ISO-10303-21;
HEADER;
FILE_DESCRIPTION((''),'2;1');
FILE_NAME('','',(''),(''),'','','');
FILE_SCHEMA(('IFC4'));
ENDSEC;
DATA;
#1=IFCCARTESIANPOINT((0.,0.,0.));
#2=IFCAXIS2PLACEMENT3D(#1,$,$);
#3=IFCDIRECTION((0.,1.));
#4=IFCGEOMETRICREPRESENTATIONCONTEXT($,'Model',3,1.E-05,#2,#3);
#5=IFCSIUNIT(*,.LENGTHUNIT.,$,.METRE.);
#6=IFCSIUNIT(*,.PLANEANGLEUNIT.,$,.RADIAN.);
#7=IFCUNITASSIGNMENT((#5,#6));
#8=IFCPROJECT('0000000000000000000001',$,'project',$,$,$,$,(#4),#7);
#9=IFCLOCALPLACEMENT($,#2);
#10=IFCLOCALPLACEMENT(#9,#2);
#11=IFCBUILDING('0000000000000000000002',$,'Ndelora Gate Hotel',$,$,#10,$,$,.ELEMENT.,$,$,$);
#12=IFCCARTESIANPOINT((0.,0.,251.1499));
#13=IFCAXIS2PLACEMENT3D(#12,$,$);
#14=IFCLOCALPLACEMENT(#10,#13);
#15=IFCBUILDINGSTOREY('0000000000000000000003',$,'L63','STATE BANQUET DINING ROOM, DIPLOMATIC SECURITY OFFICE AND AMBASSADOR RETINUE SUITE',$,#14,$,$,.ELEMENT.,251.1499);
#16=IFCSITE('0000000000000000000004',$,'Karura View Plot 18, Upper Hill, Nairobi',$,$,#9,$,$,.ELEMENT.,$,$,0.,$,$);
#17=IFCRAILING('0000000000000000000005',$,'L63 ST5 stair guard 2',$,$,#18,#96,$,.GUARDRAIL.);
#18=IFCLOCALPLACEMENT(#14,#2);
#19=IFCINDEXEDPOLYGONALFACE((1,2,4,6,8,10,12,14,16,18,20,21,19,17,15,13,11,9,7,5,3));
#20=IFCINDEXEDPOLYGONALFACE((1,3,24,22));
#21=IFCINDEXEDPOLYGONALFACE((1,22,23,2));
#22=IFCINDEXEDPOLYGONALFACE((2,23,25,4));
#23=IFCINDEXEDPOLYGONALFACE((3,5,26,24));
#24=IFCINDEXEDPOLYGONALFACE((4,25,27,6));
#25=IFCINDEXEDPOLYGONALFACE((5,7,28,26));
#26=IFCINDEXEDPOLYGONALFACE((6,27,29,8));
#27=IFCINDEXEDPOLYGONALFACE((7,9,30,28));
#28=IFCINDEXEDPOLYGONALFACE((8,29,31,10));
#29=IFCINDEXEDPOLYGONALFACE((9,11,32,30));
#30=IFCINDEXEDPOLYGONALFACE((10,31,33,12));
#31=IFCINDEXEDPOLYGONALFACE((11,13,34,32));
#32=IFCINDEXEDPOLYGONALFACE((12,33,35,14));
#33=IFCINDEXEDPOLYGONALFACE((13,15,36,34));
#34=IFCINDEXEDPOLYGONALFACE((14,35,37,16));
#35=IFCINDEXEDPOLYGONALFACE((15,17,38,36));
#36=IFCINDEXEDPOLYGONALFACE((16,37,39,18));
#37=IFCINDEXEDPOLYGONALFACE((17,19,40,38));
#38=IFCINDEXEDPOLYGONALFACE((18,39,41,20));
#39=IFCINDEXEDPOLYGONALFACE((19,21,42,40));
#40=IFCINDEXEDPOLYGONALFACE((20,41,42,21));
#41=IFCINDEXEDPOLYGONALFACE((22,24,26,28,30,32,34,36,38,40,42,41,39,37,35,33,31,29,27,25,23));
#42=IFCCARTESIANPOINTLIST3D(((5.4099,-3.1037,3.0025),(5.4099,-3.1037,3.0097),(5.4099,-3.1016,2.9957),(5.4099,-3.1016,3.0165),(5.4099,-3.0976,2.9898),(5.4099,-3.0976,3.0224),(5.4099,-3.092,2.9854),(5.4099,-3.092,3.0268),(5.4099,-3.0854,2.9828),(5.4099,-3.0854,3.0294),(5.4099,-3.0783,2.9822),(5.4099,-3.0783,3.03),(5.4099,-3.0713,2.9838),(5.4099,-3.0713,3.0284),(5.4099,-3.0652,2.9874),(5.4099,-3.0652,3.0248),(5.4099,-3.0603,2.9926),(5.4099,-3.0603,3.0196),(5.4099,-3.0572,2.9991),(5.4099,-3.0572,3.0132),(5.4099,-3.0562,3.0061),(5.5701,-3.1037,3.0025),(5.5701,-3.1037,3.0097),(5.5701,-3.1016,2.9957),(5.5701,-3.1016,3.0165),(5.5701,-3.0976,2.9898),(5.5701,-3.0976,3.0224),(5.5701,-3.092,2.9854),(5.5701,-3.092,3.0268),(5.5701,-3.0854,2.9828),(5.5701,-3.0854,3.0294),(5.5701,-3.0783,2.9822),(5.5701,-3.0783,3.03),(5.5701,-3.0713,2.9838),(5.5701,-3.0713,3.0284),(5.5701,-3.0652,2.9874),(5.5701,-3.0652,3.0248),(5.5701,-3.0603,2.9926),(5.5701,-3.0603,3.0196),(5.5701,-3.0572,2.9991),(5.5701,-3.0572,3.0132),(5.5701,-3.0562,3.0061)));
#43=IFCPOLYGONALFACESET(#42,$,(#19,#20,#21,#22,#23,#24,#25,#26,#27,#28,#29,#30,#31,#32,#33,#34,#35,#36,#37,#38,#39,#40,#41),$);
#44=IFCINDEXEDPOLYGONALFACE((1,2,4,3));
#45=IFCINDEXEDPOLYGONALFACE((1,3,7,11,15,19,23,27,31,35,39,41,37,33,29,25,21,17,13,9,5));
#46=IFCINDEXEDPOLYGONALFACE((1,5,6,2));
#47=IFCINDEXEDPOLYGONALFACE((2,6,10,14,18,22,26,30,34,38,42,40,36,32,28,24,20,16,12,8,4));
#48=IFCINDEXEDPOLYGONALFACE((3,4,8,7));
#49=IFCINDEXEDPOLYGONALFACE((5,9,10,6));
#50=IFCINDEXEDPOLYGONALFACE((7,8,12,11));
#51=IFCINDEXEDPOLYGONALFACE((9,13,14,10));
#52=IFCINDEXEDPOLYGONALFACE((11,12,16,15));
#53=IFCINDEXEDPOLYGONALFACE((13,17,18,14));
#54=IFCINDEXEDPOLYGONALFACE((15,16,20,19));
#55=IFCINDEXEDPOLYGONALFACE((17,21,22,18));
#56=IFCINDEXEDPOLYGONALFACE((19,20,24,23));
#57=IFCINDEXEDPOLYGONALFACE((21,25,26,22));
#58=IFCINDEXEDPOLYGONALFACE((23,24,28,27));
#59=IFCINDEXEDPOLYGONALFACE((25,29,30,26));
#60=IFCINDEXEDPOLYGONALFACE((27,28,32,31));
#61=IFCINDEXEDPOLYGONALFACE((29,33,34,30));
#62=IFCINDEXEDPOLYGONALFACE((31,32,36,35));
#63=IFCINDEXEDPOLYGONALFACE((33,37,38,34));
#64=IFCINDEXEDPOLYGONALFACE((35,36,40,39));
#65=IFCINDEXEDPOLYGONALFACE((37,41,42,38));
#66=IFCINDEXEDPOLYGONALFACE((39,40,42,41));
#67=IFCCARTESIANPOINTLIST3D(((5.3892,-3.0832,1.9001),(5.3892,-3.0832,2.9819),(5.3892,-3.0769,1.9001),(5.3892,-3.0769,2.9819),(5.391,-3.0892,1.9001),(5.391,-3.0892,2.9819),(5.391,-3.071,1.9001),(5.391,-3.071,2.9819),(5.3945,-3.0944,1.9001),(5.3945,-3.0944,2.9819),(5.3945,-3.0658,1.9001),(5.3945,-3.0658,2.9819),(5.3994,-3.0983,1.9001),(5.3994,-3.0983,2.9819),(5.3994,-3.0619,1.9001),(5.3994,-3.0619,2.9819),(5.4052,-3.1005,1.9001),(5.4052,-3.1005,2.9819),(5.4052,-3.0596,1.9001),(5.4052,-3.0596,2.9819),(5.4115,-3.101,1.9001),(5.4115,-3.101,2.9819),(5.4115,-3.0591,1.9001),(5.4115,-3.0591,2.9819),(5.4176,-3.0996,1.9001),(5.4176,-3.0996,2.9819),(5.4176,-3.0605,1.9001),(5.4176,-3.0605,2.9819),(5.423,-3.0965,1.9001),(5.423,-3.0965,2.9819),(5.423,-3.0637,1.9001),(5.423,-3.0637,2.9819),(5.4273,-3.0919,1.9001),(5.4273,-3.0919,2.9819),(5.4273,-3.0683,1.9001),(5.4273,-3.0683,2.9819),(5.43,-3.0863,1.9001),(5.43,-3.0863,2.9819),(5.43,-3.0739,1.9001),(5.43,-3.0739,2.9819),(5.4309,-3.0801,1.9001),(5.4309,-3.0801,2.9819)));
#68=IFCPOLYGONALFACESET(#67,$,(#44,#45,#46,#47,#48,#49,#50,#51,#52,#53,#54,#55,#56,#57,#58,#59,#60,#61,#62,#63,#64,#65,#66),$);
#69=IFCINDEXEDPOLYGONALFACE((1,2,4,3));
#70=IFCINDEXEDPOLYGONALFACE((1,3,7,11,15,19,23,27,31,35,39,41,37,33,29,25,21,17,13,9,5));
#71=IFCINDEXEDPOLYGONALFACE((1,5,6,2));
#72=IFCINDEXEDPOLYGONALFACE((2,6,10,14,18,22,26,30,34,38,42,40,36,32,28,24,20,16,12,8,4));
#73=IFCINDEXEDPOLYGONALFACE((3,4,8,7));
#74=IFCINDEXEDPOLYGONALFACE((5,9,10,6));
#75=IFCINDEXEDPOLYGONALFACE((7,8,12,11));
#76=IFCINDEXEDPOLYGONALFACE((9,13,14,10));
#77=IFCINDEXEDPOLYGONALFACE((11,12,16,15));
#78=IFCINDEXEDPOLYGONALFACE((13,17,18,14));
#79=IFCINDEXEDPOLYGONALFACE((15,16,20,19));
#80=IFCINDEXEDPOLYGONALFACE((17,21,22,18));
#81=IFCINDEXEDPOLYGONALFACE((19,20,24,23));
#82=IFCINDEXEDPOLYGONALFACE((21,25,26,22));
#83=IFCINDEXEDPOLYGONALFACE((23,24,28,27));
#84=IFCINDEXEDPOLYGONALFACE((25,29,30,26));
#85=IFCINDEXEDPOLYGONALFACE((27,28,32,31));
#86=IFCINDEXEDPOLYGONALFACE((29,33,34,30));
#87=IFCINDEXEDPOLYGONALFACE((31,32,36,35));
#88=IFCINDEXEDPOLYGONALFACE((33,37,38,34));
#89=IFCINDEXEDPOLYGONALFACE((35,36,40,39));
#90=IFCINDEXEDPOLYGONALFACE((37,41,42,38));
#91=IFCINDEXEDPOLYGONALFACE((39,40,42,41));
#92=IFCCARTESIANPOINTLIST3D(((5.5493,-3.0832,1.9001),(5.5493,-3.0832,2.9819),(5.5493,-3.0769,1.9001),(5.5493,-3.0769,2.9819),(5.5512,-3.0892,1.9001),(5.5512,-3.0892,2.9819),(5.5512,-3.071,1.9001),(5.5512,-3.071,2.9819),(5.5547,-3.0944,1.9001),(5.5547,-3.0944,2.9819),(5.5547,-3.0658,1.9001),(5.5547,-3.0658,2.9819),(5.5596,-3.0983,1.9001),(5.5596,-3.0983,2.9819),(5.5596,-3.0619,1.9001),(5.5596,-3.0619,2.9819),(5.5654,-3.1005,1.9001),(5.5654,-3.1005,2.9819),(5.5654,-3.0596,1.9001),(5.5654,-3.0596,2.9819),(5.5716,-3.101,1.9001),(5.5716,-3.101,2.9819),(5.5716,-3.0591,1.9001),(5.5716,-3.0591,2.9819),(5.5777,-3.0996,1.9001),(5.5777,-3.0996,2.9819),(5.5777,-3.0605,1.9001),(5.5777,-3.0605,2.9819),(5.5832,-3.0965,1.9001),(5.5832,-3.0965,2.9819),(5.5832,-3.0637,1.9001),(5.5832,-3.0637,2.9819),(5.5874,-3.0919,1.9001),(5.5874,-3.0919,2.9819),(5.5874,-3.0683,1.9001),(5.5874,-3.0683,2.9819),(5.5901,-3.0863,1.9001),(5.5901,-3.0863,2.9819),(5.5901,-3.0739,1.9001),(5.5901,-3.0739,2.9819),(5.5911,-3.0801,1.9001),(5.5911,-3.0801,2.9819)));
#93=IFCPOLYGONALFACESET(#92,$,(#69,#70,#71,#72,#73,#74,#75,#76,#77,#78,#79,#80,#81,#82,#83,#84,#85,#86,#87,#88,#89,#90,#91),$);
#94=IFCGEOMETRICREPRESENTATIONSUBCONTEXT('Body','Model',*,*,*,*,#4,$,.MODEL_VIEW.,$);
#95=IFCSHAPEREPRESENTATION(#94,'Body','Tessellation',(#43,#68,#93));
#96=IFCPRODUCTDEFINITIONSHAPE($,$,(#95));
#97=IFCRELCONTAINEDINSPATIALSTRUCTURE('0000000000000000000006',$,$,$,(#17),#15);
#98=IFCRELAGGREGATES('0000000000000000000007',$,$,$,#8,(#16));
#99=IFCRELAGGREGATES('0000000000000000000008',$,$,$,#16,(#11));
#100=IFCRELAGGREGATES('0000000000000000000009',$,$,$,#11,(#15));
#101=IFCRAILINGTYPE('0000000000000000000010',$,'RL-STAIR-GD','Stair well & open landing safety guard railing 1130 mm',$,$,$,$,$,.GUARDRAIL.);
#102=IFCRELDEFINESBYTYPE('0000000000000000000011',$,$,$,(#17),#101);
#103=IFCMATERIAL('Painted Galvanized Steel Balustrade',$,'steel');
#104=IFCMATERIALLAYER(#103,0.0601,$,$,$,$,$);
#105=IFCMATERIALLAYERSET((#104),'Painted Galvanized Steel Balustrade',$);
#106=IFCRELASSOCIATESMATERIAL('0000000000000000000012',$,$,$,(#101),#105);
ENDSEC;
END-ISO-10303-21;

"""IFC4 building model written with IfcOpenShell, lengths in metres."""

from ifc_helpers import new_model, si_unit, direction, frame, origin, origin_2d, place, context, subcontext, project, spatial, circle, extrude, material, layer, layer_set, type_object, element, save


model = new_model("IFC4")

# Units and contexts
model_context = context("Model", 3, precision=1e-05, world=origin(), true_north=direction((0.0, 1.0)))
body_context = subcontext(model_context, "Body", "Model", "MODEL_VIEW")
ifc_project = project(units=[si_unit("LENGTHUNIT", "METRE"), si_unit("PLANEANGLEUNIT", "RADIAN")], contexts=[model_context])

# Site, building, storey
site_placement = place(None, origin())
site = spatial("IfcSite", under=ifc_project, at=site_placement, Name="Karura View Plot 18, Upper Hill, Nairobi", CompositionType="ELEMENT", RefElevation=0.0)
building_placement = place(site_placement, origin())
building = spatial("IfcBuilding", under=site, at=building_placement, Name="Ndelora Gate Hotel", CompositionType="ELEMENT")
storey_placement = place(building_placement, frame((0.0, 0.0, 251.1499)))
storey = spatial("IfcBuildingStorey", under=building, at=storey_placement, Name="L63", Description="STATE BANQUET DINING ROOM, DIPLOMATIC SECURITY OFFICE AND AMBASSADOR RETINUE SUITE", CompositionType="ELEMENT", Elevation=251.1499)

# Railing
ifc_material_1 = material(Name="Painted Galvanized Steel Balustrade", Category="steel")
ifc_layer_1 = layer(ifc_material_1, 0.0601)
ifc_layer_set_1 = layer_set([ifc_layer_1], Name="Painted Galvanized Steel Balustrade")
railing_type_1 = type_object("IfcRailingType", Name="RL-STAIR-GD", Description="Stair well & open landing safety guard railing 1130 mm", PredefinedType="GUARDRAIL", material=ifc_layer_set_1)
railing_1_placement = place(storey_placement, frame((5.4099, -3.0801, 1.9001)))
element("IfcRailing", 1, at=railing_1_placement, inside=storey, type_object=railing_type_1, Name="L63 ST5 stair guard 2", PredefinedType="GUARDRAIL", context=body_context, shape_type="SweptSolid", body=[
    extrude(circle(Radius=0.0239, at=origin_2d()), frame((0.0, 0.0, 1.106), z_axis=(1.0, 0.0, 0.0), x_axis=(0.0, 1.0, 0.0)), (0.0, 0.0, 1.0), 0.1602),
    extrude(circle(Radius=0.021, at=origin_2d()), origin(), (0.0, 0.0, 1.0), 1.0818),
    extrude(circle(Radius=0.021, at=origin_2d()), frame((0.1602, 0.0, 0.0)), (0.0, 0.0, 1.0), 1.0818),
])

save(model, "model.ifc")
